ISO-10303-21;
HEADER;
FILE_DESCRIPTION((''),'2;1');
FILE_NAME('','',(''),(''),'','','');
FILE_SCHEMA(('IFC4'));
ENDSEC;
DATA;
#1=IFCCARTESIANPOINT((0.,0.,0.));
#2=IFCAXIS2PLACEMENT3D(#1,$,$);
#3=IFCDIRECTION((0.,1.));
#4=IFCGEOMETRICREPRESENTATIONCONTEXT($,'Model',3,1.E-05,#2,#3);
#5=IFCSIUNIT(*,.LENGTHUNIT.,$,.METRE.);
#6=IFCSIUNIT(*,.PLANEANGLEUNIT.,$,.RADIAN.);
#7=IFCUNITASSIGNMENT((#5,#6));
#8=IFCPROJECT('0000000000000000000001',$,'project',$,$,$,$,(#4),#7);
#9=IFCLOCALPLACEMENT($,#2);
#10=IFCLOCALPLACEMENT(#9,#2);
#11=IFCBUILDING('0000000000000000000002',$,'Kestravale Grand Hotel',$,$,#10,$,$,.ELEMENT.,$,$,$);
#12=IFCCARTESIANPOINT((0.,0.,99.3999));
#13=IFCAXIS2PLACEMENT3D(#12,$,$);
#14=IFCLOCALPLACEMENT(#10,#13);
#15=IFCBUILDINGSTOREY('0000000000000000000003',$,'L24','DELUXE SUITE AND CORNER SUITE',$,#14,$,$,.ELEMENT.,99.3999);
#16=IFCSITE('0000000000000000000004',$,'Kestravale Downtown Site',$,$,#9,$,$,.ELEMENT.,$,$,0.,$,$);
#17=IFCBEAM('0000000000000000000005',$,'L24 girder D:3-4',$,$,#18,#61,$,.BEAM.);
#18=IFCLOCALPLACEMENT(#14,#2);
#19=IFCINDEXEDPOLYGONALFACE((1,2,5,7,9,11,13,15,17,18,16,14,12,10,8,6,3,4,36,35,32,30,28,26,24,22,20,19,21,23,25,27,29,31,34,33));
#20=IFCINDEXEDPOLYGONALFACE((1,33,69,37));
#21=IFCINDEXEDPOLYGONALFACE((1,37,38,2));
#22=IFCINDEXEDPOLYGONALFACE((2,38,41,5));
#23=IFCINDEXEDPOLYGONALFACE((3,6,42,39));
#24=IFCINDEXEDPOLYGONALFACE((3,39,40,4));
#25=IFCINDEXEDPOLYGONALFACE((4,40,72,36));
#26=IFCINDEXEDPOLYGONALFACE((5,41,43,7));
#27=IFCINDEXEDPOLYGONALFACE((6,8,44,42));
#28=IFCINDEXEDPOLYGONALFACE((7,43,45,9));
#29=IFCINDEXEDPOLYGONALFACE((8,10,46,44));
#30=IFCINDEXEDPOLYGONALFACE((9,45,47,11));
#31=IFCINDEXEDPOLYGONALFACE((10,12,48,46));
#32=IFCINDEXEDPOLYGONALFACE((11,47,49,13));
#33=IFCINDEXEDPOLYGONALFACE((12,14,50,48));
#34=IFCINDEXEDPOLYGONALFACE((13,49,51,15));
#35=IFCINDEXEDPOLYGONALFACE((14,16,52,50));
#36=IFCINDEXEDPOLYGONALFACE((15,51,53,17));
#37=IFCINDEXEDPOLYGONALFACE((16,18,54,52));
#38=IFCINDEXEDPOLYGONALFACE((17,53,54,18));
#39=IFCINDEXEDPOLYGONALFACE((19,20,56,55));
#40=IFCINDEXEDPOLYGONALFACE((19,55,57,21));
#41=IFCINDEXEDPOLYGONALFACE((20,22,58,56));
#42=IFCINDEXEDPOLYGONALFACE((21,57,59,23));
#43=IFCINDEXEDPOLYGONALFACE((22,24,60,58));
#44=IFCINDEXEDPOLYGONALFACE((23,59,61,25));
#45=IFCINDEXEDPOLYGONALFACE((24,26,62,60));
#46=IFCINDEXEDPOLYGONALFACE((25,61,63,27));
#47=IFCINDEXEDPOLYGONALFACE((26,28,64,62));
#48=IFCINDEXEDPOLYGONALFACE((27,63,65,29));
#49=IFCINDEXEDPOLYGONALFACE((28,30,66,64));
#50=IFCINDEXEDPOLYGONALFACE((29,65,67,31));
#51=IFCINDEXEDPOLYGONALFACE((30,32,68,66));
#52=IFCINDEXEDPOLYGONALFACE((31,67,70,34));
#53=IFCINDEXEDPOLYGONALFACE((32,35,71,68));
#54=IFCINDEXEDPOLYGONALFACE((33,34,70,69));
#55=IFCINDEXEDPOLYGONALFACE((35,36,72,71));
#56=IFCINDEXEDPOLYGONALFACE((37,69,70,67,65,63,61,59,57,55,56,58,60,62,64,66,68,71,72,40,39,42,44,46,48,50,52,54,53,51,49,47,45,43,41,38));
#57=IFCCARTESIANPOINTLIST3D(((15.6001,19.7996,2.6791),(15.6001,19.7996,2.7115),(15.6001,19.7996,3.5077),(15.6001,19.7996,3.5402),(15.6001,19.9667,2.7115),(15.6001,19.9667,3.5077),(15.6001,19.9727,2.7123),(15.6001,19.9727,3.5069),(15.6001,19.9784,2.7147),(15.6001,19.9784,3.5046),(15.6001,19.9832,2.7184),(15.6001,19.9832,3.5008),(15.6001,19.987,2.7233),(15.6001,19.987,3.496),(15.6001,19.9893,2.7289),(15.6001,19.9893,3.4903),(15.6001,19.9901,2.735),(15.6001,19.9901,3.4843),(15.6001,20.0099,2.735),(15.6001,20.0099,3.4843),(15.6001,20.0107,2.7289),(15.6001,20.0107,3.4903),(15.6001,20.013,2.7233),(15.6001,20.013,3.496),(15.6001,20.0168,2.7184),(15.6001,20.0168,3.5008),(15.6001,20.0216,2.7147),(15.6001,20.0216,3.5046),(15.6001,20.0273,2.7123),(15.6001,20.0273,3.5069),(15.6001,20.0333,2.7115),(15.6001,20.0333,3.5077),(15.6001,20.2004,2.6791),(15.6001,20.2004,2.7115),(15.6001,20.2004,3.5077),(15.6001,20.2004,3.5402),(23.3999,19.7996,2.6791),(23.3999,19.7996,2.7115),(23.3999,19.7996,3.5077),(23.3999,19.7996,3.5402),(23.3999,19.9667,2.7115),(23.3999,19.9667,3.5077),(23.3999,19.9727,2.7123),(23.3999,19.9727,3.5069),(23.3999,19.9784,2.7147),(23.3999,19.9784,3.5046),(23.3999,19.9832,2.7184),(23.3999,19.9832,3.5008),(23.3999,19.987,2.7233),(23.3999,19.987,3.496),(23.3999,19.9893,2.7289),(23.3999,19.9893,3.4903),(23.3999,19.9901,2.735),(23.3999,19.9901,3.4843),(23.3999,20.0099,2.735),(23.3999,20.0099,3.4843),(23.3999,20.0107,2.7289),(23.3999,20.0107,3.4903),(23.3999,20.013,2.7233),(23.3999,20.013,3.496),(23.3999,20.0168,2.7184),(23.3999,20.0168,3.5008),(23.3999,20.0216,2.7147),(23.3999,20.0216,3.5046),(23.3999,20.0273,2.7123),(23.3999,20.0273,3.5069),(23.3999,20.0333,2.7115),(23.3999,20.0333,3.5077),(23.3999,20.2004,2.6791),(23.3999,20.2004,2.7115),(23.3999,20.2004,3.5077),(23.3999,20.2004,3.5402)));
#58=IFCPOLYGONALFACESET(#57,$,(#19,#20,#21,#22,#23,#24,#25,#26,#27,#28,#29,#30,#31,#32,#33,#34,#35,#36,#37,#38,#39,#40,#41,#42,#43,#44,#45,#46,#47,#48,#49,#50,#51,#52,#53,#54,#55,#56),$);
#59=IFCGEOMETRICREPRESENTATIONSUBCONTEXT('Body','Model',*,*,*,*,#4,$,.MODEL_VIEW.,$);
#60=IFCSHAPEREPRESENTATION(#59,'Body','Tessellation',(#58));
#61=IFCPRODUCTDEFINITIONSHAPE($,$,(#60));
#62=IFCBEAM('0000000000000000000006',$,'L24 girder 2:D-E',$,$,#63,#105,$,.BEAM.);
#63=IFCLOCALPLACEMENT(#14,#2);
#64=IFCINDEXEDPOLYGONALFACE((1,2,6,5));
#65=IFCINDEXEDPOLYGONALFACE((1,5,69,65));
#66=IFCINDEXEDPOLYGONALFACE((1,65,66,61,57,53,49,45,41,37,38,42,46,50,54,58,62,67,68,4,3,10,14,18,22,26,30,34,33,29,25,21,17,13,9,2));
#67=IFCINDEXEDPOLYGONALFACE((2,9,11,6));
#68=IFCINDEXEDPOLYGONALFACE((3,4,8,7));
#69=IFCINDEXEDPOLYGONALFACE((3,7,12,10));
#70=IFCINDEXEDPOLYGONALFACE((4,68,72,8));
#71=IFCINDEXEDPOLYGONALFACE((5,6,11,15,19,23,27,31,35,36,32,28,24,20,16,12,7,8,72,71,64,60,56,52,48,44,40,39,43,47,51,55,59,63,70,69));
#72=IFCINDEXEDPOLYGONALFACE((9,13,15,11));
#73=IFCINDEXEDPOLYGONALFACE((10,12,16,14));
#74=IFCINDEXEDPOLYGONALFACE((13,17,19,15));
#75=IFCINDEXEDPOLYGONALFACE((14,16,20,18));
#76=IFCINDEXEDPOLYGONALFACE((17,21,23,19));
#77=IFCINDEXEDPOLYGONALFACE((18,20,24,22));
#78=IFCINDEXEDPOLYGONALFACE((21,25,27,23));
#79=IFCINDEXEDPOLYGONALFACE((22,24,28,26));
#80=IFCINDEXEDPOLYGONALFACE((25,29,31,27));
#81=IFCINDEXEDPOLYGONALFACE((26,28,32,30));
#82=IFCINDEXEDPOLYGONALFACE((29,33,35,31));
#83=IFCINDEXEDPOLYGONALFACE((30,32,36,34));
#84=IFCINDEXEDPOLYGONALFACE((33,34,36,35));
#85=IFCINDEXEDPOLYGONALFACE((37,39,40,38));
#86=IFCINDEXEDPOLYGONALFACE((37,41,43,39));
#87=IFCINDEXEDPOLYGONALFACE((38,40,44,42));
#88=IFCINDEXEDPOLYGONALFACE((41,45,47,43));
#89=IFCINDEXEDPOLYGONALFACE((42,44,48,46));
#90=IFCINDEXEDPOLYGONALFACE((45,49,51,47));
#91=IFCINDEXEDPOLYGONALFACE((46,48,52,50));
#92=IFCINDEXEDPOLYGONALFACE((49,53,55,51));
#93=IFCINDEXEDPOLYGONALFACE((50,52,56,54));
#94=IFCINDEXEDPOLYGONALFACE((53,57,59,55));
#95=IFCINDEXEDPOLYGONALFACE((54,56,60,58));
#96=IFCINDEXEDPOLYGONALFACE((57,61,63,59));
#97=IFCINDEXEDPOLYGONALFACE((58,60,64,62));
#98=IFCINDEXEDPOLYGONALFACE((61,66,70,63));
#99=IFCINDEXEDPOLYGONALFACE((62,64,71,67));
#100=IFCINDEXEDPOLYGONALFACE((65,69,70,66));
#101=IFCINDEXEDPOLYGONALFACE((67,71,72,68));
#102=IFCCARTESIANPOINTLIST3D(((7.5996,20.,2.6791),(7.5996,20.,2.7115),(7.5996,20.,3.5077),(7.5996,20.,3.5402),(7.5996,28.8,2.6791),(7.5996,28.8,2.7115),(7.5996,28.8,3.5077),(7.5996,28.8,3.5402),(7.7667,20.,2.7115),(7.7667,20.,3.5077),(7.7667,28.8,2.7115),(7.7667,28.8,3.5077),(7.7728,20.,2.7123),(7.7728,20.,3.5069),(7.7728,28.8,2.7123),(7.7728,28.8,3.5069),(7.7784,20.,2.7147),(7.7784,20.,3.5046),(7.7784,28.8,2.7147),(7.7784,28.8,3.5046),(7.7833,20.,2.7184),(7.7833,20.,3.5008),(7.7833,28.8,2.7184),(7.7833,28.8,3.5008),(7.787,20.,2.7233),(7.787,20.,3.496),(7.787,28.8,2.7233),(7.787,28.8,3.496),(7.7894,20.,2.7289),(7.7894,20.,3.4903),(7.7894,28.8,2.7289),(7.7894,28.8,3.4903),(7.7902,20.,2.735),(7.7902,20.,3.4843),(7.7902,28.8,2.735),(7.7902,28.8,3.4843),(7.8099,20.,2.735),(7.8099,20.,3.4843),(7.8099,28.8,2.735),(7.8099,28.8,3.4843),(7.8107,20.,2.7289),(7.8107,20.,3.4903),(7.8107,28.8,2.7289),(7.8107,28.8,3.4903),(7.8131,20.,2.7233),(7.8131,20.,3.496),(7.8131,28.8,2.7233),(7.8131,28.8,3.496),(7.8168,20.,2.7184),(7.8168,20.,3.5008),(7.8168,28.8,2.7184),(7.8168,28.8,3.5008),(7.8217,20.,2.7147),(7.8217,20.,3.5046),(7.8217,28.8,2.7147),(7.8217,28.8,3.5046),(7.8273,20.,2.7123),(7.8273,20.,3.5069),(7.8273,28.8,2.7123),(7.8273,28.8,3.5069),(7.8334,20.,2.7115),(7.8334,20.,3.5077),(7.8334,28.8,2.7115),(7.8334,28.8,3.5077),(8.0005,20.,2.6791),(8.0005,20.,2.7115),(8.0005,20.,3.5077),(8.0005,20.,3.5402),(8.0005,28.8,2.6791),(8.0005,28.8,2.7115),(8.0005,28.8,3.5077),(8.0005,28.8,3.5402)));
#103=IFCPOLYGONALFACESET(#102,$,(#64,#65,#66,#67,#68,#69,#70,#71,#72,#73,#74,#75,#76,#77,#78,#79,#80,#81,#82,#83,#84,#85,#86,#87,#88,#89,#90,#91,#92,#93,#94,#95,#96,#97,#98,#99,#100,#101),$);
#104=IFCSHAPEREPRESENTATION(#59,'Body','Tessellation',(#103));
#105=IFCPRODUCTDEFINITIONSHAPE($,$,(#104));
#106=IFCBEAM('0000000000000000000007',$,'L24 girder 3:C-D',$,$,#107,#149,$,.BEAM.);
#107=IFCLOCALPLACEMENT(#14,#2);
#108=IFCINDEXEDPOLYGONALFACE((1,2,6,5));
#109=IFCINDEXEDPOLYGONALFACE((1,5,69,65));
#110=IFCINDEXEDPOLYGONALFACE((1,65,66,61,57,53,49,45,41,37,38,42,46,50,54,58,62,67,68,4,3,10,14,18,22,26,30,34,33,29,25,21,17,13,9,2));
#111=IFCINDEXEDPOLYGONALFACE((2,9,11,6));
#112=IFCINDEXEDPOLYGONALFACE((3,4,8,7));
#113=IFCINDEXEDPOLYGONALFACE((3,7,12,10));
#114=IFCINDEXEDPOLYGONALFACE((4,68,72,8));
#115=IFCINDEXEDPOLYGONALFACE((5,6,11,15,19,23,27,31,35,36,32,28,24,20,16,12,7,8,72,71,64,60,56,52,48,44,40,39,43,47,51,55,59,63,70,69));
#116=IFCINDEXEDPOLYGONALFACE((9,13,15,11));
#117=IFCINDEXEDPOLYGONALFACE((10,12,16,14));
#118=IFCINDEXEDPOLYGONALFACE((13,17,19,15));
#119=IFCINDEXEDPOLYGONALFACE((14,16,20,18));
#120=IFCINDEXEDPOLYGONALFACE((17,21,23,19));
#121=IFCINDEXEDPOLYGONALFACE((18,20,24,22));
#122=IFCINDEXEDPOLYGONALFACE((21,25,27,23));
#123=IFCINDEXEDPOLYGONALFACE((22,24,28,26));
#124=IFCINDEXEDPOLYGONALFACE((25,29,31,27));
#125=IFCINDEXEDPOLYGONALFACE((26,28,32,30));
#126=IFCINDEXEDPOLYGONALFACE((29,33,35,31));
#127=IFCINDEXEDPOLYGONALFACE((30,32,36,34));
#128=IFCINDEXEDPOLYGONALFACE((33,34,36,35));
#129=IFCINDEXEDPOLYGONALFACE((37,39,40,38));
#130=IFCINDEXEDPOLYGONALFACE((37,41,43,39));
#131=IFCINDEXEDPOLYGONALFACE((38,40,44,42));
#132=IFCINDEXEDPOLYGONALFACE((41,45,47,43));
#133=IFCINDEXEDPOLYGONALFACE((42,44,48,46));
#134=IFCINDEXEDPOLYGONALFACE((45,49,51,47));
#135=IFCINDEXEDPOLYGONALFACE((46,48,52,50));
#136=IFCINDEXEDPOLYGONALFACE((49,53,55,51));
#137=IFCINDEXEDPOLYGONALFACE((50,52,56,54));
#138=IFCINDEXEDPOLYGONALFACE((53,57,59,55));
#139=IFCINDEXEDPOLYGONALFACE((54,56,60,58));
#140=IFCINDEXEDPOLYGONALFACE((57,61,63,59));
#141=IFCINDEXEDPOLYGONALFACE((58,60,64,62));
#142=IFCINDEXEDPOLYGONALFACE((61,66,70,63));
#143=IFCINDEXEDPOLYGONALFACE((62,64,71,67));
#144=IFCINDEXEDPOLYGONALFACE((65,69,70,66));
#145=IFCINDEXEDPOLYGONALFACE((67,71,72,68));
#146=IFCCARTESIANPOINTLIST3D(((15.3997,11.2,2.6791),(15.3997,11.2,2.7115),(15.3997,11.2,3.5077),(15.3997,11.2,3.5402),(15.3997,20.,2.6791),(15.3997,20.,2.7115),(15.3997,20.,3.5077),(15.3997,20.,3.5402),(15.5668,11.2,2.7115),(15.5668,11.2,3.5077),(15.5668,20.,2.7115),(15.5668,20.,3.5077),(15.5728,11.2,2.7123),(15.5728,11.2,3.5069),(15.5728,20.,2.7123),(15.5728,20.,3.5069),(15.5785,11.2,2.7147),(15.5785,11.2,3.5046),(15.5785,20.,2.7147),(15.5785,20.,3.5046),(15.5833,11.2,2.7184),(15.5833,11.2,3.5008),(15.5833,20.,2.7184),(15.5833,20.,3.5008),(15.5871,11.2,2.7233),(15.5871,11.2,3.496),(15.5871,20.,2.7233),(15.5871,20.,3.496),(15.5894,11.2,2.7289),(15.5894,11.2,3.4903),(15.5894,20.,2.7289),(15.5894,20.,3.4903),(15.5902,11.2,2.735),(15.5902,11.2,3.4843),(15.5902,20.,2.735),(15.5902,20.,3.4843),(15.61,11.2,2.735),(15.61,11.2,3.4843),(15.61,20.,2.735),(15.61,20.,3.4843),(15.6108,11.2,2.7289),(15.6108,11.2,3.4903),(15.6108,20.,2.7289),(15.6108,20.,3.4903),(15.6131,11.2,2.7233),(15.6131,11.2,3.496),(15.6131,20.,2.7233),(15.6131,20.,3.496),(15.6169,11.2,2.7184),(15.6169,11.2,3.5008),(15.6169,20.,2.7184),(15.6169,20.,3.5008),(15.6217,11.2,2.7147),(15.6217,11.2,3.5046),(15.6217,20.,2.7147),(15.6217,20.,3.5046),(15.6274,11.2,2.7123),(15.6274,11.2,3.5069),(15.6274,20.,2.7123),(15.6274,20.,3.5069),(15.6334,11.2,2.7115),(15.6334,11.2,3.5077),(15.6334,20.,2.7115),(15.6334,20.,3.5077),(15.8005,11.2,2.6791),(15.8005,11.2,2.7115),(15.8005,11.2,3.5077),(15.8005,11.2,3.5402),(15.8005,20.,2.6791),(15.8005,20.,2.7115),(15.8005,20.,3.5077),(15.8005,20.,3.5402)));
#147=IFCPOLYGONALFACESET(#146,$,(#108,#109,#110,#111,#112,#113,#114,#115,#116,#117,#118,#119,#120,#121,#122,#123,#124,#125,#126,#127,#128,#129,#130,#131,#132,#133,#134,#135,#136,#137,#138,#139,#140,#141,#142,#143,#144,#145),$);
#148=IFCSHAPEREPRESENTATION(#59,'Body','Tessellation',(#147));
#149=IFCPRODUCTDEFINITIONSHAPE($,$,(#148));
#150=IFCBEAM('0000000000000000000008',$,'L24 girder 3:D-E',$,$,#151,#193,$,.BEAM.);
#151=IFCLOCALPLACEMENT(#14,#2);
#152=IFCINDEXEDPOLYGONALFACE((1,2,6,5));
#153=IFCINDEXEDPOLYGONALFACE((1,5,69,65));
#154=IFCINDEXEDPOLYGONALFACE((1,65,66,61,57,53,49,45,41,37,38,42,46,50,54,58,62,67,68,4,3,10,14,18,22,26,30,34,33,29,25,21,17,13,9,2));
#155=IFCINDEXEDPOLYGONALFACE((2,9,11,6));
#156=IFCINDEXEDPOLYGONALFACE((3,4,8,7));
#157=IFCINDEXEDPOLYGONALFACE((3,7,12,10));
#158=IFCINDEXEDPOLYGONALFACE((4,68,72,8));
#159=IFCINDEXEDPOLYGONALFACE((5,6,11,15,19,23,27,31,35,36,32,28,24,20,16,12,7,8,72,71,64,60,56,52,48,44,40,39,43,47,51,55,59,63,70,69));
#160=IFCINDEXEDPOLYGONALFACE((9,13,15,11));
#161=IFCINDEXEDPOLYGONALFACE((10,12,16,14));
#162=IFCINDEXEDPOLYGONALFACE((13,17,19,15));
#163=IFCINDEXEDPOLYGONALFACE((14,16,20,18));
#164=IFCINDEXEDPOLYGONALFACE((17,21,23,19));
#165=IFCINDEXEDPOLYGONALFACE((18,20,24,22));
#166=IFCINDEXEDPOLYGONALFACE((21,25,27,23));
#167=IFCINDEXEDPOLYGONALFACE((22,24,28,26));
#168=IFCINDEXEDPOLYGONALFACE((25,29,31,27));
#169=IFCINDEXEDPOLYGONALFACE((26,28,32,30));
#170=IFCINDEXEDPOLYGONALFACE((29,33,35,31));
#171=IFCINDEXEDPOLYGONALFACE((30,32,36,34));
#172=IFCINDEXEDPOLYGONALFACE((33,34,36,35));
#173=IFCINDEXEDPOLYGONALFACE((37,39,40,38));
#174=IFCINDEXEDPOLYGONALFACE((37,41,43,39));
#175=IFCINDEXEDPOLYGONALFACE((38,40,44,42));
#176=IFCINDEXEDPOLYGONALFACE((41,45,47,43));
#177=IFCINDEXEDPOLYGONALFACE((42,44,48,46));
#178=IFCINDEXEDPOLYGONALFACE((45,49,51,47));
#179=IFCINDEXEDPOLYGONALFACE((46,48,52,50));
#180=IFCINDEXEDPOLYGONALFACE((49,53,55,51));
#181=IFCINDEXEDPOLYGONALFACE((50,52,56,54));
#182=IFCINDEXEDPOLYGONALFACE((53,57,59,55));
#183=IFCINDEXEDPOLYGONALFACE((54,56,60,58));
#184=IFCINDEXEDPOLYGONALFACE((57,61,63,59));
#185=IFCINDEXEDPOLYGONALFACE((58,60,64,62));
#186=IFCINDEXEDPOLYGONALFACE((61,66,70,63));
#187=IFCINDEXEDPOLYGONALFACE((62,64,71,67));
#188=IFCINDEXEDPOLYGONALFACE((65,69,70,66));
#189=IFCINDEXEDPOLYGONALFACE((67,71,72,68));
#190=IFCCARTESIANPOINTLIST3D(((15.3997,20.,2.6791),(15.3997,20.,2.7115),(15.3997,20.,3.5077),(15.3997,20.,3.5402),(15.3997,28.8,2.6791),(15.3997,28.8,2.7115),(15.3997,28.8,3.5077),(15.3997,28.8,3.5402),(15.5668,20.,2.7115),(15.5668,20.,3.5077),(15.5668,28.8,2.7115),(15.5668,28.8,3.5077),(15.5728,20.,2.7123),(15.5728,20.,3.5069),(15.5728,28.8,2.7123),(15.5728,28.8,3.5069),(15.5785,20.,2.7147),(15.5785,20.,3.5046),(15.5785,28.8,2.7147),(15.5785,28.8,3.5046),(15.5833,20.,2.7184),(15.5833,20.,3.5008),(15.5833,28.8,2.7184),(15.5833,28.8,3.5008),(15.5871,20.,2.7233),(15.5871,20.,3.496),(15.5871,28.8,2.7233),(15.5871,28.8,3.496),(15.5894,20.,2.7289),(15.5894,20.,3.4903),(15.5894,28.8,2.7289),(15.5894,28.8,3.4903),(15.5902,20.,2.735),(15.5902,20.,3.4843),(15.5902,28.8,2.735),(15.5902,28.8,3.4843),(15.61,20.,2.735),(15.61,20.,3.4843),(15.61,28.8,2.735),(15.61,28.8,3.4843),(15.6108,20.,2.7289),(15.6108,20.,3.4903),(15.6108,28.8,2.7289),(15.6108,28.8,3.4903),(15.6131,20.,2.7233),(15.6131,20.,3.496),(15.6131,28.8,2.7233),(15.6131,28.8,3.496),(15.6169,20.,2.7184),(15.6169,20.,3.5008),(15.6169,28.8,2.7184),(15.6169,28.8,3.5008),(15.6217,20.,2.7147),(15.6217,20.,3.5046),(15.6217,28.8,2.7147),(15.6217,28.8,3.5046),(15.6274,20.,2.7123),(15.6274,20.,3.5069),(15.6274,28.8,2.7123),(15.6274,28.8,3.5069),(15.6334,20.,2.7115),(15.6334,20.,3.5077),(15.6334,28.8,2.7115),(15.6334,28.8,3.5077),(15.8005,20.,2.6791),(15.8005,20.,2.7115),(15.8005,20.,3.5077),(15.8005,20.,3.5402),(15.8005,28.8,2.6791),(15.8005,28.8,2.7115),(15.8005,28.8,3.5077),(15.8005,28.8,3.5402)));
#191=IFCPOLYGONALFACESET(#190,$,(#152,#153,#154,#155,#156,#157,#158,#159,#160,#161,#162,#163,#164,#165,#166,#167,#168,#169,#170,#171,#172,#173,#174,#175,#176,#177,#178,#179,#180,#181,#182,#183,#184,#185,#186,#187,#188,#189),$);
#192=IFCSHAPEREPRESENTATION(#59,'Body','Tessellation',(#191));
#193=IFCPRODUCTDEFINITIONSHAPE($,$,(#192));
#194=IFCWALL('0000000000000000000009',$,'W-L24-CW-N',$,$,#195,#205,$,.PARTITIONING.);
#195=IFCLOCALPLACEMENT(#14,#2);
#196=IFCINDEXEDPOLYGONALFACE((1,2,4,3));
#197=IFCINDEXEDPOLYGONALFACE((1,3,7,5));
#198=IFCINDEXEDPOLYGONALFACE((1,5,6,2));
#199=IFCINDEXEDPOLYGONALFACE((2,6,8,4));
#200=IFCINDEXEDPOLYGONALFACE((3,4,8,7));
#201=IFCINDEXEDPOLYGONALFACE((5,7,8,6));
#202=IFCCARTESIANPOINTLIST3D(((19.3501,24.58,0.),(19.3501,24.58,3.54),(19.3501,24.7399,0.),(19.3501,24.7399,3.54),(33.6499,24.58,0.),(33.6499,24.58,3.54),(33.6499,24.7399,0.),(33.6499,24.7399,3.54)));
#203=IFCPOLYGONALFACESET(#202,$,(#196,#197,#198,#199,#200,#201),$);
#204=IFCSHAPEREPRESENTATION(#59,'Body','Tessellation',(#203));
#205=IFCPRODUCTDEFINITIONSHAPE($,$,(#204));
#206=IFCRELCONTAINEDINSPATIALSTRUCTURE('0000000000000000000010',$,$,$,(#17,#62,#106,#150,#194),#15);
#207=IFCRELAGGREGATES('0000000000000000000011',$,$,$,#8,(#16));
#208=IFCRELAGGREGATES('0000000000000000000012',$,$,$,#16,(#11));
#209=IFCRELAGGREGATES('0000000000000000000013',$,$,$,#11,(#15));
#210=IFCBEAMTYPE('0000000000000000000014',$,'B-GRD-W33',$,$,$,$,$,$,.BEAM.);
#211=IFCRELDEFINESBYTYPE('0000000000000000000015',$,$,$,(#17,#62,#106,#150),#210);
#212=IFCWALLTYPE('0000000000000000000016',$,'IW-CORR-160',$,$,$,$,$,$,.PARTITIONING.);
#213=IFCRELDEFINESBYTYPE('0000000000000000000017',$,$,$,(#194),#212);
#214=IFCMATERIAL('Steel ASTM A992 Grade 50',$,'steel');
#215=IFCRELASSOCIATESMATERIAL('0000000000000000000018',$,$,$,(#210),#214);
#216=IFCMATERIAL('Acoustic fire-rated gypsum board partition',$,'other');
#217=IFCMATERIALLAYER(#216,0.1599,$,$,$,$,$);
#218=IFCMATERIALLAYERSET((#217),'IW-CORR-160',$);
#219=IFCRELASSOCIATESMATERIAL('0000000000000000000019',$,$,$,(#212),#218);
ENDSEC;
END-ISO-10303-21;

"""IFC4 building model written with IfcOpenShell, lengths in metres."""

from ifc_helpers import new_model, si_unit, direction, frame, frame_2d, origin, origin_2d, place, context, subcontext, project, spatial, rectangle, i_section, extrude, material, layer, layer_set, material_profile, profile_set, type_object, element, save


model = new_model("IFC4")

# Units and contexts
model_context = context("Model", 3, precision=1e-05, world=origin(), true_north=direction((0.0, 1.0)))
body_context = subcontext(model_context, "Body", "Model", "MODEL_VIEW")
ifc_project = project(units=[si_unit("LENGTHUNIT", "METRE"), si_unit("PLANEANGLEUNIT", "RADIAN")], contexts=[model_context])

# Site, building, storey
site_placement = place(None, origin())
site = spatial("IfcSite", under=ifc_project, at=site_placement, Name="Kestravale Downtown Site", CompositionType="ELEMENT", RefElevation=0.0)
building_placement = place(site_placement, origin())
building = spatial("IfcBuilding", under=site, at=building_placement, Name="Kestravale Grand Hotel", CompositionType="ELEMENT")
storey_placement = place(building_placement, frame((0.0, 0.0, 99.3999)))
storey = spatial("IfcBuildingStorey", under=building, at=storey_placement, Name="L24", Description="DELUXE SUITE AND CORNER SUITE", CompositionType="ELEMENT", Elevation=99.3999)

# Beams
ifc_material_1 = material(Name="Steel ASTM A992 Grade 50", Category="steel")
ifc_material_profile_1 = material_profile(ifc_material_1, i_section(OverallWidth=0.4009, OverallDepth=0.8611, WebThickness=0.0198, FlangeThickness=0.0325, FilletRadius=0.0234, at=origin_2d()))
ifc_profile_set_1 = profile_set([ifc_material_profile_1], Name="Steel ASTM A992 Grade 50")
beam_type_1 = type_object("IfcBeamType", Name="B-GRD-W33", PredefinedType="BEAM", material=ifc_profile_set_1)
beam_1_placement = place(storey_placement, frame((15.6001, 20.0, 3.1096), z_axis=(1.0, 0.0, 0.0), x_axis=(0.0, 1.0, 0.0)))
element("IfcBeam", 1, at=beam_1_placement, inside=storey, type_object=beam_type_1, Name="L24 girder D:3-4", PredefinedType="BEAM", context=body_context, shape_type="SweptSolid", body=[
    extrude(i_section(OverallWidth=0.4009, OverallDepth=0.8611, WebThickness=0.0198, FlangeThickness=0.0325, FilletRadius=0.0234, at=origin_2d()), origin(), (0.0, 0.0, 1.0), 7.7998),
])
for number, where, z_axis, x_axis, name in (
    (2, (7.8, 20.0, 3.1096), (0.0, 1.0, 0.0), (-1.0, 0.0, 0.0), "L24 girder 2:D-E"),
    (3, (15.6001, 11.2, 3.1096), (0.0, 1.0, 0.0), (-1.0, 0.0, 0.0), "L24 girder 3:C-D"),
    (4, (15.6001, 20.0, 3.1096), (0.0, 1.0, 0.0), (-1.0, 0.0, 0.0), "L24 girder 3:D-E"),
):
    element("IfcBeam", number, at=place(storey_placement, frame(where, z_axis=z_axis, x_axis=x_axis)), inside=storey, type_object=beam_type_1, Name=name, PredefinedType="BEAM", context=body_context, shape_type="SweptSolid", body=[
        extrude(i_section(OverallWidth=0.4009, OverallDepth=0.8611, WebThickness=0.0198, FlangeThickness=0.0325, FilletRadius=0.0234, at=origin_2d()), origin(), (0.0, 0.0, 1.0), 8.8),
    ])

# Wall
ifc_material_2 = material(Name="Acoustic fire-rated gypsum board partition", Category="other")
ifc_layer_1 = layer(ifc_material_2, 0.1599)
ifc_layer_set_1 = layer_set([ifc_layer_1], Name="IW-CORR-160")
wall_type_1 = type_object("IfcWallType", Name="IW-CORR-160", PredefinedType="PARTITIONING", material=ifc_layer_set_1)
wall_1_placement = place(storey_placement, frame((19.3501, 24.6599, 0.0), z_axis=(0.0, 0.0, 1.0), x_axis=(1.0, 0.0, 0.0)))
element("IfcWall", 5, at=wall_1_placement, inside=storey, type_object=wall_type_1, Name="W-L24-CW-N", PredefinedType="PARTITIONING", context=body_context, shape_type="SweptSolid", body=[
    extrude(rectangle(XDim=14.2998, YDim=0.1599, at=frame_2d((7.1499, 0.0))), origin(), (0.0, 0.0, 1.0), 3.54),
])

save(model, "model.ifc")
